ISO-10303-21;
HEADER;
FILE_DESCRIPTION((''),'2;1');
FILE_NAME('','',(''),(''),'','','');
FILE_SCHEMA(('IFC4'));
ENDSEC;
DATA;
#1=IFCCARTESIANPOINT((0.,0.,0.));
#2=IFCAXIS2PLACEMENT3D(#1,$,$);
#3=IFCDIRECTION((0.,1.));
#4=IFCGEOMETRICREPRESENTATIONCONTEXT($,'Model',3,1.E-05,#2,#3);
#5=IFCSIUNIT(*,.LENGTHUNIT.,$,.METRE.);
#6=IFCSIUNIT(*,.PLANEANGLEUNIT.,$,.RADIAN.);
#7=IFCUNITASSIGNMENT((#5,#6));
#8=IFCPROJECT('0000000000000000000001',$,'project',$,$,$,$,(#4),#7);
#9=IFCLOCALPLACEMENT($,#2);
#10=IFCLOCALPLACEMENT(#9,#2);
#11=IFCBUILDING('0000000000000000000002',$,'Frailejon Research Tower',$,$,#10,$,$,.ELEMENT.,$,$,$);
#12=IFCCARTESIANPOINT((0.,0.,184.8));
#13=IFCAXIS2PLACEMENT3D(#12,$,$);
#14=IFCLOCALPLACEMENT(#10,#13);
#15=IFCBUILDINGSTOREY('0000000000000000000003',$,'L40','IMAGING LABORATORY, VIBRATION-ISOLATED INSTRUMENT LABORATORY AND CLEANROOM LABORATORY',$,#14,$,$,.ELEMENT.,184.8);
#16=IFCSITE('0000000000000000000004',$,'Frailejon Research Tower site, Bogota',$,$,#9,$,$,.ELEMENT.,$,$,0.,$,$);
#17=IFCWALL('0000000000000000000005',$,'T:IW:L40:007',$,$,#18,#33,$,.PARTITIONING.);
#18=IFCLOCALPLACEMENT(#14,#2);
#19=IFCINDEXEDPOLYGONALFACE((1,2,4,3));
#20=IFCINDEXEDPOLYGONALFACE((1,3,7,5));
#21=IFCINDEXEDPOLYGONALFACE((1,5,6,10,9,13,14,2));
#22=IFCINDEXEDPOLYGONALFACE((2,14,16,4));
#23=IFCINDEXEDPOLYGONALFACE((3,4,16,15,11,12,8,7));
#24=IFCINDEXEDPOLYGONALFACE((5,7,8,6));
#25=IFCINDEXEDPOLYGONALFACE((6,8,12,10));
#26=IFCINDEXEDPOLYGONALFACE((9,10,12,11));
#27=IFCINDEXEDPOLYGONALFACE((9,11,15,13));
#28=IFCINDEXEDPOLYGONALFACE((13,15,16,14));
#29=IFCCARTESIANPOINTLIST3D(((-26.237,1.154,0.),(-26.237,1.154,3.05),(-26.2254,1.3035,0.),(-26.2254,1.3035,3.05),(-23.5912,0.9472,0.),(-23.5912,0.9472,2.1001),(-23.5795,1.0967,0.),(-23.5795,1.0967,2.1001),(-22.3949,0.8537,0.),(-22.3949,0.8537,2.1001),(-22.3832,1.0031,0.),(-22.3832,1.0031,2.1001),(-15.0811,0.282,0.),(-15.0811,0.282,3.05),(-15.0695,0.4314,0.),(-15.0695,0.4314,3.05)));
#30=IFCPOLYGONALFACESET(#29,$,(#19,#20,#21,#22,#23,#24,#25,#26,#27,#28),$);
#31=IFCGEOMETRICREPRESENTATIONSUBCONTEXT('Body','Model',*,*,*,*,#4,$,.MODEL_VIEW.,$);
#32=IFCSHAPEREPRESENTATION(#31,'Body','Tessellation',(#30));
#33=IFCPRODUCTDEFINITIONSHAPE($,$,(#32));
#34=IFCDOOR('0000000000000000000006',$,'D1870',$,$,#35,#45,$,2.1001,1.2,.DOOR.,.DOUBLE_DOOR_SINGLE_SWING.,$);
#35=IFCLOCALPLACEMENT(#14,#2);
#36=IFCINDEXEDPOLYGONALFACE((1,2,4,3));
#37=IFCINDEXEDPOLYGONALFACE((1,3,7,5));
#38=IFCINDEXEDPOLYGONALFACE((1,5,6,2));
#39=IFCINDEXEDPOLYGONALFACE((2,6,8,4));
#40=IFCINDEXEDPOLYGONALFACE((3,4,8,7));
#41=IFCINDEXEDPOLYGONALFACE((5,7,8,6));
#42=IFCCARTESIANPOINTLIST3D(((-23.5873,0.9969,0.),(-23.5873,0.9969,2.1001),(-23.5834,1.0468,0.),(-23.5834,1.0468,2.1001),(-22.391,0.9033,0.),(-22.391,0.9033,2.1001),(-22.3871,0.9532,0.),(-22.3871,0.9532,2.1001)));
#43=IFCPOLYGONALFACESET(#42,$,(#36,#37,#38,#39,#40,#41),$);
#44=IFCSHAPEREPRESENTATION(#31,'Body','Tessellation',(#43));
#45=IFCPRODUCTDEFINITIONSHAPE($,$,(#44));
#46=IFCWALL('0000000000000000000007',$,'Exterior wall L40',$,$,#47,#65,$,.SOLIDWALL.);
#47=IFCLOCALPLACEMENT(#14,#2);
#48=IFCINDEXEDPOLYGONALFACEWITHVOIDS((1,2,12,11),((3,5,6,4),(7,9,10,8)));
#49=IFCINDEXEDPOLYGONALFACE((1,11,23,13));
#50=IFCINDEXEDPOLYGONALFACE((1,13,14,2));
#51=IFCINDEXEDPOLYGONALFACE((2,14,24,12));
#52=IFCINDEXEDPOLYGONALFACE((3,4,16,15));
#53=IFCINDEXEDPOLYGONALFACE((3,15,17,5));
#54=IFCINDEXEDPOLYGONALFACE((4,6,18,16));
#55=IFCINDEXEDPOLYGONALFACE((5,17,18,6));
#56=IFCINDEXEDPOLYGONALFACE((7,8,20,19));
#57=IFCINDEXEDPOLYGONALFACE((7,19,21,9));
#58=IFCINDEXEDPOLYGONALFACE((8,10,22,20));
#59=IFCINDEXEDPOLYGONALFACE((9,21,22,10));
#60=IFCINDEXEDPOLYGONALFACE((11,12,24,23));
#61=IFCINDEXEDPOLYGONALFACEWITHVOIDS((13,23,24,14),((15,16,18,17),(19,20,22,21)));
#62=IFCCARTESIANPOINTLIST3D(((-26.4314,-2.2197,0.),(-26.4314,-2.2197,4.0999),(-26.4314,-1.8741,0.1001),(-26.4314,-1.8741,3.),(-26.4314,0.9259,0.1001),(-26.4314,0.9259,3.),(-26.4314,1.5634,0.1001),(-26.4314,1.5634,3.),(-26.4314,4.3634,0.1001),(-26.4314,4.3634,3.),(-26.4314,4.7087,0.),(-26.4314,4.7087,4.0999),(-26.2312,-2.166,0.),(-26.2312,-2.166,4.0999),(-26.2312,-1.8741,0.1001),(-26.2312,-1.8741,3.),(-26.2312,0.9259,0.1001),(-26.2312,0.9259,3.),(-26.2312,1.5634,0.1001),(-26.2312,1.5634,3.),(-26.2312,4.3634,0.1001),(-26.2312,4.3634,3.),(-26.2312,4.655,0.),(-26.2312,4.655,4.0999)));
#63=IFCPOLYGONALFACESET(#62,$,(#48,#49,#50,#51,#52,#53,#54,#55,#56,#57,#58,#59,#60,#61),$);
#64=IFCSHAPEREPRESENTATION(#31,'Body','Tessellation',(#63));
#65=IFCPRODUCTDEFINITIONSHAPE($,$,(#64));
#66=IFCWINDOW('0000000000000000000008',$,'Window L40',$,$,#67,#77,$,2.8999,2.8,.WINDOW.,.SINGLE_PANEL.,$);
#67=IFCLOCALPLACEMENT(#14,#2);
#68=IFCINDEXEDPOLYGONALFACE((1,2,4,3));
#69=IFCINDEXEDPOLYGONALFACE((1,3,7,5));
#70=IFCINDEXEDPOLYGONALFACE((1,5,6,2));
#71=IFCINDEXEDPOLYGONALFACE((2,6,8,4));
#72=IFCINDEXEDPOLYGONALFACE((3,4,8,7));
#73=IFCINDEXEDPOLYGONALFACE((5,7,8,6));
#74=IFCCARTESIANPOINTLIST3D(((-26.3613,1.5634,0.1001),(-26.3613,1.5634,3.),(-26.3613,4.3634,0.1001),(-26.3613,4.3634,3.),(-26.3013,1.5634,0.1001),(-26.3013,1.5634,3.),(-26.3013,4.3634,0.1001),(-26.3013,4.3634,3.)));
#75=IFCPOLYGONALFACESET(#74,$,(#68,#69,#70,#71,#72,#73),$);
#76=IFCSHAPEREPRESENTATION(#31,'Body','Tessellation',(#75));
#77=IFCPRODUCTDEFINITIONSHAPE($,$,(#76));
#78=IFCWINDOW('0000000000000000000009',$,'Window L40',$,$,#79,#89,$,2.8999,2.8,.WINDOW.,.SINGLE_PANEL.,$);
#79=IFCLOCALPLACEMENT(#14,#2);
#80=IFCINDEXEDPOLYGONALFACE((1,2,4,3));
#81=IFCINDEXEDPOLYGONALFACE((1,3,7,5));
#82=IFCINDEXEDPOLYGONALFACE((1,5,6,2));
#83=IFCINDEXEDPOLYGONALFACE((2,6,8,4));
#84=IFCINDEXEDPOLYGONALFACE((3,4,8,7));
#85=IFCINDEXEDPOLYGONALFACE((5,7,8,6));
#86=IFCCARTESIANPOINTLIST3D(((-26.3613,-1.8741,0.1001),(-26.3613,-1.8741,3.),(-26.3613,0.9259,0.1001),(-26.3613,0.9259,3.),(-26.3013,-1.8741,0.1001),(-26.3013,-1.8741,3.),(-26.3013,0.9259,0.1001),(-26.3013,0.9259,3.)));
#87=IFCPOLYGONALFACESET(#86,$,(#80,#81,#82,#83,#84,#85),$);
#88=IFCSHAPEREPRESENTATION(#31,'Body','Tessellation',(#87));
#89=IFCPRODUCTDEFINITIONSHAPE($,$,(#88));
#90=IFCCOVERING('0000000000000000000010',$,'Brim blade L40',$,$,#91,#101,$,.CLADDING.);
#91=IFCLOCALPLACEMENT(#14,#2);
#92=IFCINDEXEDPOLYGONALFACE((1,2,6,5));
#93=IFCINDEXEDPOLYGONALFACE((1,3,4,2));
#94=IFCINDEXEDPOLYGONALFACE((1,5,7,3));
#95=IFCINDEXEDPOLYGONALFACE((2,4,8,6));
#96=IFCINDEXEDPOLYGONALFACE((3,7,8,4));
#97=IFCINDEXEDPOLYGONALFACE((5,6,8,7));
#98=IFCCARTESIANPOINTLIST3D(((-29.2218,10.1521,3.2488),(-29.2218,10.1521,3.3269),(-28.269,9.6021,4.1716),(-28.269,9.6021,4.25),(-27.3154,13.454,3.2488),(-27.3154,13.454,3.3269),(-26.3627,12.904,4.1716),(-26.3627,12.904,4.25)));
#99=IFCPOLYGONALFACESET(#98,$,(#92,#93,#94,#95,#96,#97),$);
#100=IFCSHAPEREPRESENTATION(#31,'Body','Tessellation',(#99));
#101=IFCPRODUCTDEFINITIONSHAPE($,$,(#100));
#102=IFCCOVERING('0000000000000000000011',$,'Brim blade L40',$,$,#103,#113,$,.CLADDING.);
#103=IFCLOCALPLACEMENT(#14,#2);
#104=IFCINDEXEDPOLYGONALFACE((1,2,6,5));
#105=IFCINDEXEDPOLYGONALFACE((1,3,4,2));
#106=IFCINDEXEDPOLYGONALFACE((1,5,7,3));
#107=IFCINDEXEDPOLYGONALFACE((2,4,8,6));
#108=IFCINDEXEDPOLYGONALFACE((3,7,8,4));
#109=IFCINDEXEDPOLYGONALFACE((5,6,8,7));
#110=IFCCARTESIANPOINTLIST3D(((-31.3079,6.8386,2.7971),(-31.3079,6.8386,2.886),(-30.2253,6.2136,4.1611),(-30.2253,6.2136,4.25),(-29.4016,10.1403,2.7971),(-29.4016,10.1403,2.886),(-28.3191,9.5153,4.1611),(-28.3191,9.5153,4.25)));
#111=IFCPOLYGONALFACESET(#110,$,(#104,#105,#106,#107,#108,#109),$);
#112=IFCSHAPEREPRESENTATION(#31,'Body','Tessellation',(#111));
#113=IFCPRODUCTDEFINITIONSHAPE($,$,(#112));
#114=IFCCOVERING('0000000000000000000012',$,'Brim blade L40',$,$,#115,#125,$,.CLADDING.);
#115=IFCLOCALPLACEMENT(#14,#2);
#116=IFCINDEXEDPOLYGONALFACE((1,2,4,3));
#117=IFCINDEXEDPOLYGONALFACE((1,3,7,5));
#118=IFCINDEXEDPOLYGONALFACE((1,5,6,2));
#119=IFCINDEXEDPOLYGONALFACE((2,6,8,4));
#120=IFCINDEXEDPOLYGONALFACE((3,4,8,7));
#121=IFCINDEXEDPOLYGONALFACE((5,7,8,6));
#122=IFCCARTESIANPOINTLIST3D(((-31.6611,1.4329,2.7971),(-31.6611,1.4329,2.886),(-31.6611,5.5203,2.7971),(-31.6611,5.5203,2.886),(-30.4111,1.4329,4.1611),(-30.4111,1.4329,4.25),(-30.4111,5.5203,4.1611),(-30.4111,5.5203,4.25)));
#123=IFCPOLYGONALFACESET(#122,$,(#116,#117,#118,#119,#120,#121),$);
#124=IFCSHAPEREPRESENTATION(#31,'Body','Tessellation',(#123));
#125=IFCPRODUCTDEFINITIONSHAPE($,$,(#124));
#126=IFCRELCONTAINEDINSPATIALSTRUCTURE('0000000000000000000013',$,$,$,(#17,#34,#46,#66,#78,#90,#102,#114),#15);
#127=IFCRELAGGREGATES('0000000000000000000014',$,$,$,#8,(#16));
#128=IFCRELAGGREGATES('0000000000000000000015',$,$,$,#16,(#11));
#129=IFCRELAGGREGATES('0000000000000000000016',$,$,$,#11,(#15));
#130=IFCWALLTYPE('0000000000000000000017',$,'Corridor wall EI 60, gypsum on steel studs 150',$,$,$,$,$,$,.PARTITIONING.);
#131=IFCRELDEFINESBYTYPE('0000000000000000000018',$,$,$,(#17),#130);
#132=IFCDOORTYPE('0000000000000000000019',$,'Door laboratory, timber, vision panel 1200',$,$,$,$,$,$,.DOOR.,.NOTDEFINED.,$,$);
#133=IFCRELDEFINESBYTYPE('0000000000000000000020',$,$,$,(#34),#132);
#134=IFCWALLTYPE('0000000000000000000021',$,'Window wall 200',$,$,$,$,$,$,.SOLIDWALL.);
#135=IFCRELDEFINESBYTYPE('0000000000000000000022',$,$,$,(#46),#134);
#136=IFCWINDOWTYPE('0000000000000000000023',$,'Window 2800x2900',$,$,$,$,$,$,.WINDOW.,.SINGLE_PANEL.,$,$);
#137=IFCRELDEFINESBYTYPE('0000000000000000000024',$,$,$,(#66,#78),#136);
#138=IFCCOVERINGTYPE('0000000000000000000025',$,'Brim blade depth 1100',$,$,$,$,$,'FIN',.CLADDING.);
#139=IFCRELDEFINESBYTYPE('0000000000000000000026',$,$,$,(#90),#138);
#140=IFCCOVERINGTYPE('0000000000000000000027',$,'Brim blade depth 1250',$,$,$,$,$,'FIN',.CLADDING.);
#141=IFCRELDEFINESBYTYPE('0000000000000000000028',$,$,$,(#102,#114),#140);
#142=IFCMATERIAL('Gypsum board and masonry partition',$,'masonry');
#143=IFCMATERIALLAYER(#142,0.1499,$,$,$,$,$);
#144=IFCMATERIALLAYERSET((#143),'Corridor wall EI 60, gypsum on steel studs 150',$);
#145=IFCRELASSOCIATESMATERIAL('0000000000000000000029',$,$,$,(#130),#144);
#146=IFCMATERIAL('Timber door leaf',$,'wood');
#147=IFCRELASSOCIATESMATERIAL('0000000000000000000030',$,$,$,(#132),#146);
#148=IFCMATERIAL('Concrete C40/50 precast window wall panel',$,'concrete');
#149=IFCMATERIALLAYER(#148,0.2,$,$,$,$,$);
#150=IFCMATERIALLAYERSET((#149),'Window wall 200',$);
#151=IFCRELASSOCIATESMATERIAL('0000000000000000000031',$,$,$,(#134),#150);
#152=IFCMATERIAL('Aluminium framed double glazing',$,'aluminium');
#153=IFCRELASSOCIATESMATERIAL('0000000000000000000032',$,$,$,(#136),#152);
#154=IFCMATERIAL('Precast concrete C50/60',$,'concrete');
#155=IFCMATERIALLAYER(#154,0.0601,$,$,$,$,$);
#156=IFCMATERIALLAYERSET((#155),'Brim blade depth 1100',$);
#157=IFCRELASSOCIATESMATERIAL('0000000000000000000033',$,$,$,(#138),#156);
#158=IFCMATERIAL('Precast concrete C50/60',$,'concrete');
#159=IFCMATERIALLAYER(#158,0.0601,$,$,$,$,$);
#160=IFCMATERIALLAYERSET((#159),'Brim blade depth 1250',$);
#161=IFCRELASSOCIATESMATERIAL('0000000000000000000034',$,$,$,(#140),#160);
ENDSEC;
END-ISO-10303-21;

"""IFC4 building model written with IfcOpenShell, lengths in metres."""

from ifc_helpers import new_model, si_unit, direction, frame, frame_2d, origin, place, context, subcontext, project, spatial, polyline, rectangle, outline, extrude, material, layer, layer_set, type_object, element, fill, save


model = new_model("IFC4")

# Units and contexts
model_context = context("Model", 3, precision=1e-05, world=origin(), true_north=direction((0.0, 1.0)))
body_context = subcontext(model_context, "Body", "Model", "MODEL_VIEW")
ifc_project = project(units=[si_unit("LENGTHUNIT", "METRE"), si_unit("PLANEANGLEUNIT", "RADIAN")], contexts=[model_context])

# Site, building, storey
site_placement = place(None, origin())
site = spatial("IfcSite", under=ifc_project, at=site_placement, Name="Frailejon Research Tower site, Bogota", CompositionType="ELEMENT", RefElevation=0.0)
building_placement = place(site_placement, origin())
building = spatial("IfcBuilding", under=site, at=building_placement, Name="Frailejon Research Tower", CompositionType="ELEMENT")
storey_placement = place(building_placement, frame((0.0, 0.0, 184.8)))
storey = spatial("IfcBuildingStorey", under=building, at=storey_placement, Name="L40", Description="IMAGING LABORATORY, VIBRATION-ISOLATED INSTRUMENT LABORATORY AND CLEANROOM LABORATORY", CompositionType="ELEMENT", Elevation=184.8)

# Shared definitions
ifc_material_1 = material(Name="Gypsum board and masonry partition", Category="masonry")
ifc_layer_1 = layer(ifc_material_1, 0.1499)
ifc_layer_set_1 = layer_set([ifc_layer_1], Name="Corridor wall EI 60, gypsum on steel studs 150")
wall_type_1 = type_object("IfcWallType", Name="Corridor wall EI 60, gypsum on steel studs 150", PredefinedType="PARTITIONING", material=ifc_layer_set_1)

# Wall, opening, door
wall_1_placement = place(storey_placement, frame((-26.2312, 1.2288, 0.0), z_axis=(0.0, 0.0, 1.0), x_axis=(0.996959, -0.077933, 0.0)))
wall_1 = element("IfcWall", 1, at=wall_1_placement, inside=storey, type_object=wall_type_1, Name="T:IW:L40:007", PredefinedType="PARTITIONING", context=body_context, shape_type="SweptSolid", body=[
    extrude(rectangle(XDim=11.1899, YDim=0.1499, at=frame_2d((5.595, 0.0))), origin(), (0.0, 0.0, 1.0), 3.05),
])
opening_1_placement = place(wall_1_placement, frame((2.6538, 0.0, 0.0)))
opening_1 = element("IfcOpeningElement", 2, at=opening_1_placement, cuts=wall_1, PredefinedType="OPENING", context=body_context, shape_type="SweptSolid", body=[
    extrude(rectangle(XDim=1.2, YDim=2.1001, at=frame_2d((0.6001, 1.05))), frame((0.0, 0.085, 0.0), z_axis=(0.0, -1.0, 0.0), x_axis=(1.0, 0.0, 0.0)), (0.0, 0.0, 1.0), 0.1699),
])
ifc_material_2 = material(Name="Timber door leaf", Category="wood")
door_type = type_object("IfcDoorType", Name="Door laboratory, timber, vision panel 1200", OperationType="NOTDEFINED", PredefinedType="DOOR", material=ifc_material_2)
door_placement = place(opening_1_placement, origin())
door = element("IfcDoor", 3, at=door_placement, inside=storey, type_object=door_type, Name="D1870", OperationType="DOUBLE_DOOR_SINGLE_SWING", OverallHeight=2.1001, OverallWidth=1.2, PredefinedType="DOOR", context=body_context, shape_type="SweptSolid", body=[
    extrude(rectangle(XDim=1.2, YDim=2.1001, at=frame_2d((0.6001, 1.05))), frame((0.0, 0.0249, 0.0), z_axis=(0.0, -1.0, 0.0), x_axis=(1.0, 0.0, 0.0)), (0.0, 0.0, 1.0), 0.05),
])
fill(opening_1, door)

# Wall, openings, windows
ifc_material_3 = material(Name="Concrete C40/50 precast window wall panel", Category="concrete")
ifc_layer_2 = layer(ifc_material_3, 0.2)
ifc_layer_set_2 = layer_set([ifc_layer_2], Name="Window wall 200")
wall_type_2 = type_object("IfcWallType", Name="Window wall 200", PredefinedType="SOLIDWALL", material=ifc_layer_set_2)
wall_2_placement = place(storey_placement, frame((-26.3313, 4.6819, 0.0), z_axis=(0.0, 0.0, 1.0), x_axis=(0.0, -1.0, 0.0)))
wall_2 = element("IfcWall", 4, at=wall_2_placement, inside=storey, type_object=wall_type_2, Name="Exterior wall L40", PredefinedType="SOLIDWALL", context=body_context, shape_type="SweptSolid", body=[
    extrude(outline(polyline([(-0.0269, -0.1001), (1.1279, -0.1001), (2.2827, -0.1001), (3.4375, -0.1001), (4.592, -0.1001), (5.7468, -0.1001), (6.9016, -0.1001), (6.8479, 0.1001), (5.7109, 0.1001), (4.5742, 0.1001), (3.4375, 0.1001), (2.3005, 0.1001), (1.1636, 0.1001), (0.0269, 0.1001), (-0.0269, -0.1001)])), origin(), (0.0, 0.0, 1.0), 4.0999),
])
opening_2_placement = place(wall_2_placement, frame((0.3186, 0.0, 0.1001)))
opening_2 = element("IfcOpeningElement", 5, at=opening_2_placement, cuts=wall_2, PredefinedType="OPENING", context=body_context, shape_type="SweptSolid", body=[
    extrude(rectangle(XDim=2.8, YDim=2.8999, at=frame_2d((1.3999, 1.45))), frame((0.0, 0.1099, 0.0), z_axis=(0.0, -1.0, 0.0), x_axis=(1.0, 0.0, 0.0)), (0.0, 0.0, 1.0), 0.22),
])
opening_3_placement = place(wall_2_placement, frame((3.7561, 0.0, 0.1001)))
opening_3 = element("IfcOpeningElement", 6, at=opening_3_placement, cuts=wall_2, PredefinedType="OPENING", context=body_context, shape_type="SweptSolid", body=[
    extrude(rectangle(XDim=2.8, YDim=2.8999, at=frame_2d((1.3999, 1.45))), frame((0.0, 0.1099, 0.0), z_axis=(0.0, -1.0, 0.0), x_axis=(1.0, 0.0, 0.0)), (0.0, 0.0, 1.0), 0.22),
])
ifc_material_4 = material(Name="Aluminium framed double glazing", Category="aluminium")
window_type = type_object("IfcWindowType", Name="Window 2800x2900", PartitioningType="SINGLE_PANEL", PredefinedType="WINDOW", material=ifc_material_4)
window_1_placement = place(opening_2_placement, origin())
window_1 = element("IfcWindow", 7, at=window_1_placement, inside=storey, type_object=window_type, Name="Window L40", OverallHeight=2.8999, OverallWidth=2.8, PartitioningType="SINGLE_PANEL", PredefinedType="WINDOW", context=body_context, shape_type="SweptSolid", body=[
    extrude(rectangle(XDim=2.8, YDim=2.8999, at=frame_2d((1.3999, 1.45))), frame((0.0, 0.03, 0.0), z_axis=(0.0, -1.0, 0.0), x_axis=(1.0, 0.0, 0.0)), (0.0, 0.0, 1.0), 0.0601),
])
fill(opening_2, window_1)
window_2_placement = place(opening_3_placement, origin())
window_2 = element("IfcWindow", 8, at=window_2_placement, inside=storey, type_object=window_type, Name="Window L40", OverallHeight=2.8999, OverallWidth=2.8, PartitioningType="SINGLE_PANEL", PredefinedType="WINDOW", context=body_context, shape_type="SweptSolid", body=[
    extrude(rectangle(XDim=2.8, YDim=2.8999, at=frame_2d((1.3999, 1.45))), frame((0.0, 0.03, 0.0), z_axis=(0.0, -1.0, 0.0), x_axis=(1.0, 0.0, 0.0)), (0.0, 0.0, 1.0), 0.0601),
])
fill(opening_3, window_2)

# Coverings
ifc_material_5 = material(Name="Precast concrete C50/60", Category="concrete")
ifc_layer_3 = layer(ifc_material_5, 0.0601)
ifc_layer_set_3 = layer_set([ifc_layer_3], Name="Brim blade depth 1100")
covering_type_1 = type_object("IfcCoveringType", Name="Brim blade depth 1100", ElementType="FIN", PredefinedType="CLADDING", material=ifc_layer_set_3)
covering_1_placement = place(storey_placement, frame((-28.269, 9.6021, 4.25), z_axis=(0.49999, 0.866031, 0.0), x_axis=(-0.866031, 0.49999, 0.0)))
element("IfcCovering", 9, at=covering_1_placement, inside=storey, type_object=covering_type_1, Name="Brim blade L40", PredefinedType="CLADDING", context=body_context, shape_type="SweptSolid", body=[
    extrude(outline(polyline([(0.0, -0.0784), (1.1001, -1.0012), (1.1001, -0.9231), (0.0, 0.0), (0.0, -0.0784)])), origin(), (0.0, 0.0, 1.0), 3.8127),
])
ifc_material_6 = material(Name="Precast concrete C50/60", Category="concrete")
ifc_layer_4 = layer(ifc_material_6, 0.0601)
ifc_layer_set_4 = layer_set([ifc_layer_4], Name="Brim blade depth 1250")
covering_type_2 = type_object("IfcCoveringType", Name="Brim blade depth 1250", ElementType="FIN", PredefinedType="CLADDING", material=ifc_layer_set_4)
covering_2_placement = place(storey_placement, frame((-30.2253, 6.2136, 4.25), z_axis=(0.500001, 0.866025, 0.0), x_axis=(-0.866025, 0.500001, 0.0)))
element("IfcCovering", 10, at=covering_2_placement, inside=storey, type_object=covering_type_2, Name="Brim blade L40", PredefinedType="CLADDING", context=body_context, shape_type="SweptSolid", body=[
    extrude(outline(polyline([(0.0, -0.0889), (1.25, -1.4529), (1.25, -1.364), (0.0, 0.0), (0.0, -0.0889)])), origin(), (0.0, 0.0, 1.0), 3.8125),
])
covering_3_placement = place(storey_placement, frame((-30.4111, 1.4329, 4.25), z_axis=(0.0, 1.0, 0.0), x_axis=(-1.0, 0.0, 0.0)))
element("IfcCovering", 11, at=covering_3_placement, inside=storey, type_object=covering_type_2, Name="Brim blade L40", PredefinedType="CLADDING", context=body_context, shape_type="SweptSolid", body=[
    extrude(outline(polyline([(0.0, -0.0889), (1.25, -1.4529), (1.25, -1.364), (0.0, 0.0), (0.0, -0.0889)])), origin(), (0.0, 0.0, 1.0), 4.0874),
])

save(model, "model.ifc")
